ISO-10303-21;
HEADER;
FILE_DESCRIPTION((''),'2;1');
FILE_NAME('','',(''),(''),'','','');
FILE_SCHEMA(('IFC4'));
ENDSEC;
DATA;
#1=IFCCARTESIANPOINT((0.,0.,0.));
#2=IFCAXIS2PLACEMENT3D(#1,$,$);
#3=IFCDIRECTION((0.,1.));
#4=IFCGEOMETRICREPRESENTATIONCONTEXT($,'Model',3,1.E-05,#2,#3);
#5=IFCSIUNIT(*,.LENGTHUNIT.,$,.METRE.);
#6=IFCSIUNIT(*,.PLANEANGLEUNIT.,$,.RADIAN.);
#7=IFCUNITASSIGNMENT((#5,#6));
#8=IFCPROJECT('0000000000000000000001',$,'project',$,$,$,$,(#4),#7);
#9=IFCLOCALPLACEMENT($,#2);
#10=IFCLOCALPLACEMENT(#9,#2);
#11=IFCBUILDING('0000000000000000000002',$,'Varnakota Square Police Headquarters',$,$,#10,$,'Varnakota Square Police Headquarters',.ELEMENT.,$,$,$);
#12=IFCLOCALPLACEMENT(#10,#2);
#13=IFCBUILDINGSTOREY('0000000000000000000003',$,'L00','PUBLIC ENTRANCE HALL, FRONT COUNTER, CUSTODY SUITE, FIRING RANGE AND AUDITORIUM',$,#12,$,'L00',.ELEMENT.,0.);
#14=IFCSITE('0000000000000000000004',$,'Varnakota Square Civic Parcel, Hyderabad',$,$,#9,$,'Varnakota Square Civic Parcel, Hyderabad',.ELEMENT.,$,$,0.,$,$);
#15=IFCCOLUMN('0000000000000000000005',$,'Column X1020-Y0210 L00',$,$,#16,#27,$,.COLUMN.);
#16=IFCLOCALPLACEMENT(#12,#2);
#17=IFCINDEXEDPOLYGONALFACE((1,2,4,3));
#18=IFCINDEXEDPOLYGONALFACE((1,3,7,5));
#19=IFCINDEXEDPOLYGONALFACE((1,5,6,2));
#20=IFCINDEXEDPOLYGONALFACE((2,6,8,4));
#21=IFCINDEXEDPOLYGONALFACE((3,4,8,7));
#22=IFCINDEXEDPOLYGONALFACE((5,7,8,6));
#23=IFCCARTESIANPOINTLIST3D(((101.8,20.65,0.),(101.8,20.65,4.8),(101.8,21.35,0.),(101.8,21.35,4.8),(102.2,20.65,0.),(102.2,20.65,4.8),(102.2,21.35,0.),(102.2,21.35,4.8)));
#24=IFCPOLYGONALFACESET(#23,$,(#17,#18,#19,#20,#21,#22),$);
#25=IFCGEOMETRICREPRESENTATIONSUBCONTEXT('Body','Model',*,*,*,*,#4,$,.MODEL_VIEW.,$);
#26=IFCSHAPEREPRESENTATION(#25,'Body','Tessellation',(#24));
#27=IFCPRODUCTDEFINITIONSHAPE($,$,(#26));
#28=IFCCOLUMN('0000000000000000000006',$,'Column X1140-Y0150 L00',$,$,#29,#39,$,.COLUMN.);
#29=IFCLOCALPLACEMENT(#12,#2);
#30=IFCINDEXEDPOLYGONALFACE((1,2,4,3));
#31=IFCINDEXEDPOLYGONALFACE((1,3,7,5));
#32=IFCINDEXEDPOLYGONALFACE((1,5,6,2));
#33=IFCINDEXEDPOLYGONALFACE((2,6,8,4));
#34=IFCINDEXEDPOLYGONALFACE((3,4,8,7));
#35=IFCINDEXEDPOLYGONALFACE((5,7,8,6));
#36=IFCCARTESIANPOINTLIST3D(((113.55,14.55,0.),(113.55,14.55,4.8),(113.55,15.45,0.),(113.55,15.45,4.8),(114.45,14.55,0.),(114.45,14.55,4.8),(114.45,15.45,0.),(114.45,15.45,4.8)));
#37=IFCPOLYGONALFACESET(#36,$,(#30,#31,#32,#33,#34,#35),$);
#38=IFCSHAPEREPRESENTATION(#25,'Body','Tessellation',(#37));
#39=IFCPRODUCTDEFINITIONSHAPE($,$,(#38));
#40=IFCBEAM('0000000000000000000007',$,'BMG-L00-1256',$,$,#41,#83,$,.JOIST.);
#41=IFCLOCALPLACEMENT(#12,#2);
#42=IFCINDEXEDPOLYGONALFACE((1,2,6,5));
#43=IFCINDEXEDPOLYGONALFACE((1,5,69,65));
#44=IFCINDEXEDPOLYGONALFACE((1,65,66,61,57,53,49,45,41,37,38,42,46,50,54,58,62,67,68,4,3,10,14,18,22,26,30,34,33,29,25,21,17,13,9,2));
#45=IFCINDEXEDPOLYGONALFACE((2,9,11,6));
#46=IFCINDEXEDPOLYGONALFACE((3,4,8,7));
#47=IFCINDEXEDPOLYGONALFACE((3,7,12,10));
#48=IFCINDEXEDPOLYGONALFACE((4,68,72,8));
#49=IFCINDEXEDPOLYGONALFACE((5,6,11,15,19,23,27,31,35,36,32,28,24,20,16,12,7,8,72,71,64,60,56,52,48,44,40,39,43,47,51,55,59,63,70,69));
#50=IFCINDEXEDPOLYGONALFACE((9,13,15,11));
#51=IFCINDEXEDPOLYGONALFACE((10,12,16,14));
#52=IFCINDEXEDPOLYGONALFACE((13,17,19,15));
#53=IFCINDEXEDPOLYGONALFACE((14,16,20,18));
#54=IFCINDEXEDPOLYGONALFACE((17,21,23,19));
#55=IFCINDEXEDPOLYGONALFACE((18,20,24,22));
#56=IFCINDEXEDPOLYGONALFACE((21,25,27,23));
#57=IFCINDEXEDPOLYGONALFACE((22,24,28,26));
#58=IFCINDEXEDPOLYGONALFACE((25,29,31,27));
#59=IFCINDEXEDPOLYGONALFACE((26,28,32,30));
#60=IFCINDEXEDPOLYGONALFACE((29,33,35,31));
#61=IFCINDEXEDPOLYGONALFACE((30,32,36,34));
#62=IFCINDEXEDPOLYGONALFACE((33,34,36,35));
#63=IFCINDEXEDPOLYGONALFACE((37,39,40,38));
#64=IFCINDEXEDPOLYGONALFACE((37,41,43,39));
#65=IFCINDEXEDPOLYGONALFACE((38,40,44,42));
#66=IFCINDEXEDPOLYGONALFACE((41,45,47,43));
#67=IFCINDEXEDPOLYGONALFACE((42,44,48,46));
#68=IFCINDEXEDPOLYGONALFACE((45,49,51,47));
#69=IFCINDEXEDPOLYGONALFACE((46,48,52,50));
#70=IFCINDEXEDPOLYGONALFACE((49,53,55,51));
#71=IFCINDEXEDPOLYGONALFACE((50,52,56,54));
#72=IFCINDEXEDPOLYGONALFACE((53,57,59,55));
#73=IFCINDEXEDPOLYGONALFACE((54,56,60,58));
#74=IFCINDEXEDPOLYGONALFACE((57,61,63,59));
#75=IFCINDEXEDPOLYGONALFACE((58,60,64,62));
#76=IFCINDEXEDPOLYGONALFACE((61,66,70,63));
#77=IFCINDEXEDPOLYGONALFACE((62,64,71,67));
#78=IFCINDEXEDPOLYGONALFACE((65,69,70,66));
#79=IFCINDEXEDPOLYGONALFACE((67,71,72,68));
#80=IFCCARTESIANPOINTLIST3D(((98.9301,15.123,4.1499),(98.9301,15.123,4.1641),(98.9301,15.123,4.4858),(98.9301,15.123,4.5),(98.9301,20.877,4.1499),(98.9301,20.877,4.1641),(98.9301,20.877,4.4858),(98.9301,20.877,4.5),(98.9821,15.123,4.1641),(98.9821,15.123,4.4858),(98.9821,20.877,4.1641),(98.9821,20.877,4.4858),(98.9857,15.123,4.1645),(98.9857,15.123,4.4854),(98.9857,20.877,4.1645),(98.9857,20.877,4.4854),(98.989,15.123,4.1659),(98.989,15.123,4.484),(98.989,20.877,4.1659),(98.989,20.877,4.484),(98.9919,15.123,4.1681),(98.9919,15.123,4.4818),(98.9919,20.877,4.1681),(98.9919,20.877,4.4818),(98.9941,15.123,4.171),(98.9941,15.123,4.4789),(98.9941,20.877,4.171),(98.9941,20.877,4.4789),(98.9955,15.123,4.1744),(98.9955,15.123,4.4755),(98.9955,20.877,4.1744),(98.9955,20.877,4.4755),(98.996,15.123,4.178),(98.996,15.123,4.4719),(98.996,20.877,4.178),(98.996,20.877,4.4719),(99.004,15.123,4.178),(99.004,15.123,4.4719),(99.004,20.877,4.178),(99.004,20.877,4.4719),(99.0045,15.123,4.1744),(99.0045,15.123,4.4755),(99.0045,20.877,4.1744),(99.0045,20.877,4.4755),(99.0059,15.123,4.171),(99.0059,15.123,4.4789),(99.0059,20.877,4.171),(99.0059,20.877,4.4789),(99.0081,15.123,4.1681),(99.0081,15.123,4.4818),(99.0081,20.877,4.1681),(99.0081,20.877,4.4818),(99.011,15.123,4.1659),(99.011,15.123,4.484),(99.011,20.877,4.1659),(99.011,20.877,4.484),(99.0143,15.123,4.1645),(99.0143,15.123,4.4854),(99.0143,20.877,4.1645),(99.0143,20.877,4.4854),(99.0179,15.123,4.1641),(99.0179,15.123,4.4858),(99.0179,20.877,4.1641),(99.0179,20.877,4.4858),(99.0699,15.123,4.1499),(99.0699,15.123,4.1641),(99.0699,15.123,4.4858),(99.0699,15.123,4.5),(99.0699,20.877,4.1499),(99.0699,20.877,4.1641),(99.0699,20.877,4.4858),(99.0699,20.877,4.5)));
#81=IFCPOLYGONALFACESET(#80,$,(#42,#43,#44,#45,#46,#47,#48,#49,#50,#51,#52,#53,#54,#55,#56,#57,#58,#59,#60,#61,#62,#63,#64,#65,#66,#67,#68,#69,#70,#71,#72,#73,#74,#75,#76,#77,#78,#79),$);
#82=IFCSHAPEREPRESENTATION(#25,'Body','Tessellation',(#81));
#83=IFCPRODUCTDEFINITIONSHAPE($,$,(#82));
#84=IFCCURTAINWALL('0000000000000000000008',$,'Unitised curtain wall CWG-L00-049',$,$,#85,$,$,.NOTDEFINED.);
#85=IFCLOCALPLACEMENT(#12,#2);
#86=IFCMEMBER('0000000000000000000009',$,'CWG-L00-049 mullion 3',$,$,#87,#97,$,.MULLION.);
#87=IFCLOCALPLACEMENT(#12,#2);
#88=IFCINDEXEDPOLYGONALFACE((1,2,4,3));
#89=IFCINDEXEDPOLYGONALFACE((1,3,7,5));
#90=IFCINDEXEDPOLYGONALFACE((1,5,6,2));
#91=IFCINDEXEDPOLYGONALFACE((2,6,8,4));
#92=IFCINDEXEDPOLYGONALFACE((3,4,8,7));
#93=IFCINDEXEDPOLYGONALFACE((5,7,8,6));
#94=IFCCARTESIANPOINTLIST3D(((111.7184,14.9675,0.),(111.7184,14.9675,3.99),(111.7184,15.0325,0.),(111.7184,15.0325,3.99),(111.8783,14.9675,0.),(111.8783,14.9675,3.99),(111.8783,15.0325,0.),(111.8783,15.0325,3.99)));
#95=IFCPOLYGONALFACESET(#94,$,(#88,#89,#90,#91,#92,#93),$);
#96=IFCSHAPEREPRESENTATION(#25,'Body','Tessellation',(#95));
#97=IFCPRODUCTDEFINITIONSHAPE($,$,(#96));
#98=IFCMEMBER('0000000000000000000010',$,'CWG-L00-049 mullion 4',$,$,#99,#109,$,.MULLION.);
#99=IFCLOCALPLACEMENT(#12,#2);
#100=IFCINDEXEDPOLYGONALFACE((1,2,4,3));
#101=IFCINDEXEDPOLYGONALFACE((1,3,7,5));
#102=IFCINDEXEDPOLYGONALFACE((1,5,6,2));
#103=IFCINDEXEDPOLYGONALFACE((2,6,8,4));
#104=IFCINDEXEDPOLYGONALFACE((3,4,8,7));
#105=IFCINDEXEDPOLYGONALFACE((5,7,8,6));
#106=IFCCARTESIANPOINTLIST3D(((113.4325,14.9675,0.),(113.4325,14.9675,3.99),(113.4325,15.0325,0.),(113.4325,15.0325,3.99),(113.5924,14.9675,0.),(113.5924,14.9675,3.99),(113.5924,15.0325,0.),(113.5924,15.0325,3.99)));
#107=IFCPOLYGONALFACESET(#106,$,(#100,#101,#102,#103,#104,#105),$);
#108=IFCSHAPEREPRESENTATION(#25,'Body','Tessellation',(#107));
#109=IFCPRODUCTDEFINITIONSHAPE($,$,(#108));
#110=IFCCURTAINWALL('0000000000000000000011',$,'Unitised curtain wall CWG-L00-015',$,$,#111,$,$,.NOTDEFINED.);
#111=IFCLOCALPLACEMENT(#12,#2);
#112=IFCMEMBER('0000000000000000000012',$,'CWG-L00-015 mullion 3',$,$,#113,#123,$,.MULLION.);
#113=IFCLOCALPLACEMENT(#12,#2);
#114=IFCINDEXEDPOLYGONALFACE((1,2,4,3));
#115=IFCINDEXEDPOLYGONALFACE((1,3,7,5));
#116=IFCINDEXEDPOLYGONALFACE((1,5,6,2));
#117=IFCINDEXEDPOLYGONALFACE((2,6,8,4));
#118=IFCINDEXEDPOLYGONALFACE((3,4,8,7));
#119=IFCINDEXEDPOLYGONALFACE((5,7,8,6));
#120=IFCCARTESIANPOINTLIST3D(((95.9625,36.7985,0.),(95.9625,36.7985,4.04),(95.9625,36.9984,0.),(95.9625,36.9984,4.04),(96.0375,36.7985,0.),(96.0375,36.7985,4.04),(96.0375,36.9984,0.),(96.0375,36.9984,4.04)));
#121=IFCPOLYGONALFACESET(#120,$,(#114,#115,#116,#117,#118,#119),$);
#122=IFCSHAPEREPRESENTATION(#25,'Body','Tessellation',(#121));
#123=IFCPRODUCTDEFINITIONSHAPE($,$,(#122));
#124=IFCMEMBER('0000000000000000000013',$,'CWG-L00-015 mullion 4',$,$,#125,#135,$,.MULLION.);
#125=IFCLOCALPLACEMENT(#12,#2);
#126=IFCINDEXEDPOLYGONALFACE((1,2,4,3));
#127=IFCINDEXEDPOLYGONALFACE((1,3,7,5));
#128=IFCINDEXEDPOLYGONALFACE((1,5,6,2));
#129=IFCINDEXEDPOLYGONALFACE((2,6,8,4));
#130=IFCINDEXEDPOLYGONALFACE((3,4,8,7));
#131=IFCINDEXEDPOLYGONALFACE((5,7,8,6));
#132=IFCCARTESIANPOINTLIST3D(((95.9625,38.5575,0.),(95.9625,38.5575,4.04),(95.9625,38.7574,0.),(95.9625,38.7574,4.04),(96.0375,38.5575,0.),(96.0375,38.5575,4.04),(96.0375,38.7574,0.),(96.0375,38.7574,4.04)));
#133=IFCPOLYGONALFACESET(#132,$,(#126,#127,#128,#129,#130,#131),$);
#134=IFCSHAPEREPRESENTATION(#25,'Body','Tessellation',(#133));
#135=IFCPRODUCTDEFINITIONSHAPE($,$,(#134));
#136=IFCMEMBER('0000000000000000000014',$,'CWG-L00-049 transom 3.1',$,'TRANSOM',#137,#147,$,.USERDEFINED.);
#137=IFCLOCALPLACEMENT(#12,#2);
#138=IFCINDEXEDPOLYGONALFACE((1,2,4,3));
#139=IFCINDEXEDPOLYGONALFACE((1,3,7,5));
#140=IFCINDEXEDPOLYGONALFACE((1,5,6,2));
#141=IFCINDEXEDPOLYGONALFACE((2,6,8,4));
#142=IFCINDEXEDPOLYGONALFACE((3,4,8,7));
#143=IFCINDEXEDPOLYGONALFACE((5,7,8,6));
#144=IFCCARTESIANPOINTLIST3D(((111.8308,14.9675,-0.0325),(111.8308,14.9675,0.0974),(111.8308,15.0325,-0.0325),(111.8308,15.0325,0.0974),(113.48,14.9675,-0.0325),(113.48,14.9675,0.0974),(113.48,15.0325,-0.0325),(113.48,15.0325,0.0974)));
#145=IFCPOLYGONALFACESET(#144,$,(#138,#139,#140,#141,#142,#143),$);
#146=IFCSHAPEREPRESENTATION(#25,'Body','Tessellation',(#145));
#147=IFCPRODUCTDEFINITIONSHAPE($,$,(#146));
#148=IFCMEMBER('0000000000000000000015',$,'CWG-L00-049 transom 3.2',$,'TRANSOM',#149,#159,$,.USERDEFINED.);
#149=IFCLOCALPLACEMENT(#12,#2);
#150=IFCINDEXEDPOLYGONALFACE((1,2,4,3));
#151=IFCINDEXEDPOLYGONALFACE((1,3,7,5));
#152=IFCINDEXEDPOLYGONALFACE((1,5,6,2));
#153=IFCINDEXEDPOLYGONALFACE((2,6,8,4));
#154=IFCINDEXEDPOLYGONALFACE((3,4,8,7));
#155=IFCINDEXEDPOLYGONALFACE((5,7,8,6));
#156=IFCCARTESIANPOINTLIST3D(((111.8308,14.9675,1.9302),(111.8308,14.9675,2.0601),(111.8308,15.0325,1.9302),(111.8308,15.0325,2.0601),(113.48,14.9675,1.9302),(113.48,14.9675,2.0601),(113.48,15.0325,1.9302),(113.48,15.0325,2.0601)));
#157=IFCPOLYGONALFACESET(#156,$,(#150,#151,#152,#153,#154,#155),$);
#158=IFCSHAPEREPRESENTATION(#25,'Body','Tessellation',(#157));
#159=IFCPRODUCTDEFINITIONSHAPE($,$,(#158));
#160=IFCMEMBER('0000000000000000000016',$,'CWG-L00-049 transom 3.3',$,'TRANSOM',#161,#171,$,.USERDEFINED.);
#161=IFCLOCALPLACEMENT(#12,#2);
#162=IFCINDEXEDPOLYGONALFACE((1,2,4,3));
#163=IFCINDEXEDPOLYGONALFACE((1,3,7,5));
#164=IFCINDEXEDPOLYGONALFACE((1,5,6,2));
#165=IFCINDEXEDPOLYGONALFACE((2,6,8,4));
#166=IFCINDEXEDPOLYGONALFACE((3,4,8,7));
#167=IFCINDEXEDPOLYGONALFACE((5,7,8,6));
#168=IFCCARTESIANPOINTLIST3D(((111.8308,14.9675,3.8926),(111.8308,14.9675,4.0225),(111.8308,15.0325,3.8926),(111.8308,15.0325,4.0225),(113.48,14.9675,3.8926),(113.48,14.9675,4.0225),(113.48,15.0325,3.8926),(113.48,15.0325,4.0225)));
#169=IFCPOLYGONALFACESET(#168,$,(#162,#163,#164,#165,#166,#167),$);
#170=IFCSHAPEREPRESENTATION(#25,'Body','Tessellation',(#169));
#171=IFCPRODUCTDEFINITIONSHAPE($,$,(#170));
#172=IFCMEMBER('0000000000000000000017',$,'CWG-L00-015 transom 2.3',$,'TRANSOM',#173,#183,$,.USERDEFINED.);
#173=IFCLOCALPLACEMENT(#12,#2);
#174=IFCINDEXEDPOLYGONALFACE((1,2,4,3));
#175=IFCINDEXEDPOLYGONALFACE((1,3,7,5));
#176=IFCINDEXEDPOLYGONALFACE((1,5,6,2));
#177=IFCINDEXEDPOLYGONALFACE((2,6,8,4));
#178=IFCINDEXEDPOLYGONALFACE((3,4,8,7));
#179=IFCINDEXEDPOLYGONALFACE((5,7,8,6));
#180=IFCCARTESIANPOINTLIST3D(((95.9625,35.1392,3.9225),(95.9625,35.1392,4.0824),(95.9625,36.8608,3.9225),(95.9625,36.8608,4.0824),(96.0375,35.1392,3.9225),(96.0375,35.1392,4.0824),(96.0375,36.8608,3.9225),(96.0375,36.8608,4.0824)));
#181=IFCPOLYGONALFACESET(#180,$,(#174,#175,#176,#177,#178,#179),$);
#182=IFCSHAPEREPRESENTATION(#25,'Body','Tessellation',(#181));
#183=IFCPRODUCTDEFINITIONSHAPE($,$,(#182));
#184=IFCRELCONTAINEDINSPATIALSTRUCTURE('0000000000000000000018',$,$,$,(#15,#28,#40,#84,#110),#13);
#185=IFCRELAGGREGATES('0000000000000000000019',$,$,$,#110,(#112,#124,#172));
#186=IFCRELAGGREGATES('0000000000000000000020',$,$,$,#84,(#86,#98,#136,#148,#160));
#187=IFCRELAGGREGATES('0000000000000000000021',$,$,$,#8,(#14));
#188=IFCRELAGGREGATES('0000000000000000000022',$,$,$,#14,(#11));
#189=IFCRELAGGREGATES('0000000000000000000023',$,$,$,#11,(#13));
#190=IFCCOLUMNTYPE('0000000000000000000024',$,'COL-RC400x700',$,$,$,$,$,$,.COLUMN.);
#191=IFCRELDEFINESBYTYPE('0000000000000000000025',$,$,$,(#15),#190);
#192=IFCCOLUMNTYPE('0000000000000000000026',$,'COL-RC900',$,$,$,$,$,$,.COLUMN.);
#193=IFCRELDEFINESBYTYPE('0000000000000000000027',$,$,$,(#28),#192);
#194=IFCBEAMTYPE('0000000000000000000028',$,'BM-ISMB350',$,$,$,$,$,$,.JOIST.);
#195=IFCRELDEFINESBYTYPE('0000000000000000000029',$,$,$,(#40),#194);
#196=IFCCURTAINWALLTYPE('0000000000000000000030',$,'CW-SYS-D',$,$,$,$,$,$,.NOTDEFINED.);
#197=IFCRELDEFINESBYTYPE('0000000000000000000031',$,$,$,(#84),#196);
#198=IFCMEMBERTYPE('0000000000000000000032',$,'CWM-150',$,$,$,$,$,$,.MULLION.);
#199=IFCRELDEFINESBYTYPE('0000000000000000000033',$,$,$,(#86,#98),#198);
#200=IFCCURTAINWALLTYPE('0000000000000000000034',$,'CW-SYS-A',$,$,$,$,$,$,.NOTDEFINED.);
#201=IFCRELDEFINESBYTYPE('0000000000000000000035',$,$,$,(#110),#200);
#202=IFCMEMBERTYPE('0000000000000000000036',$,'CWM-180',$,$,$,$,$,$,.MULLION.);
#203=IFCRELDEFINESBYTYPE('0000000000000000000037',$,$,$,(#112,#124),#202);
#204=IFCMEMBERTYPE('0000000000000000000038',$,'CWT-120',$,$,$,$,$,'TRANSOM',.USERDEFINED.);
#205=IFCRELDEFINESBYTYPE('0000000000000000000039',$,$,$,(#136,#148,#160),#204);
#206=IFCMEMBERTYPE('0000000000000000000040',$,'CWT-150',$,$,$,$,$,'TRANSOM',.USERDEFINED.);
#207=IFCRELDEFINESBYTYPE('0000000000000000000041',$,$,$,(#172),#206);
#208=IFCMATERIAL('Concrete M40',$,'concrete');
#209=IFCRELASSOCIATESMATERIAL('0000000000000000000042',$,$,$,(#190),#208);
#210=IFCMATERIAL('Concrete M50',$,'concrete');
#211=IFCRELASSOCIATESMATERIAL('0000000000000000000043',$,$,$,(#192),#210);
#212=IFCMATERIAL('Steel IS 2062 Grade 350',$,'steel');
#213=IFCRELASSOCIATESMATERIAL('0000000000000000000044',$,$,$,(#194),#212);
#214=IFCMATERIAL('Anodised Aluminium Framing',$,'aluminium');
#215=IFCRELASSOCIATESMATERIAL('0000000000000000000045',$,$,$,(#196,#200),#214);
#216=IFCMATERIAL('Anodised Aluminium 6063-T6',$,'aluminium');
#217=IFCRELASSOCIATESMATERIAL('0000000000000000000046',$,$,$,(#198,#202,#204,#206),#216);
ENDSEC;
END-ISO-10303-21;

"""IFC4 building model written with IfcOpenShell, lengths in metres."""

from ifc_helpers import new_model, si_unit, direction, frame, origin, origin_2d, place, context, subcontext, project, spatial, rectangle, i_section, extrude, material, material_profile, profile_set, type_object, element, aggregate, save


model = new_model("IFC4")

# Units and contexts
model_context = context("Model", 3, precision=1e-05, world=origin(), true_north=direction((0.0, 1.0)))
body_context = subcontext(model_context, "Body", "Model", "MODEL_VIEW")
ifc_project = project(units=[si_unit("LENGTHUNIT", "METRE"), si_unit("PLANEANGLEUNIT", "RADIAN")], contexts=[model_context])

# Site, building, storey
site_placement = place(None, origin())
site = spatial("IfcSite", under=ifc_project, at=site_placement, Name="Varnakota Square Civic Parcel, Hyderabad", LongName="Varnakota Square Civic Parcel, Hyderabad", CompositionType="ELEMENT", RefElevation=0.0)
building_placement = place(site_placement, origin())
building = spatial("IfcBuilding", under=site, at=building_placement, Name="Varnakota Square Police Headquarters", LongName="Varnakota Square Police Headquarters", CompositionType="ELEMENT")
storey_placement = place(building_placement, origin())
storey = spatial("IfcBuildingStorey", under=building, at=storey_placement, Name="L00", Description="PUBLIC ENTRANCE HALL, FRONT COUNTER, CUSTODY SUITE, FIRING RANGE AND AUDITORIUM", LongName="L00", CompositionType="ELEMENT", Elevation=0.0)

# Columns
ifc_material_1 = material(Name="Concrete M40", Category="concrete")
ifc_material_profile_1 = material_profile(ifc_material_1, rectangle(XDim=0.3999, YDim=0.7, at=origin_2d()), Name="RC 400x700")
ifc_profile_set_1 = profile_set([ifc_material_profile_1], Name="Concrete M40")
column_type_1 = type_object("IfcColumnType", Name="COL-RC400x700", PredefinedType="COLUMN", material=ifc_profile_set_1)
column_1_placement = place(storey_placement, frame((102.0, 21.0, 0.0), z_axis=(0.0, 0.0, 1.0), x_axis=(1.0, 0.0, 0.0)))
element("IfcColumn", 1, at=column_1_placement, inside=storey, type_object=column_type_1, Name="Column X1020-Y0210 L00", PredefinedType="COLUMN", context=body_context, shape_type="SweptSolid", body=[
    extrude(rectangle(XDim=0.3999, YDim=0.7, at=origin_2d()), origin(), (0.0, 0.0, 1.0), 4.8),
])
ifc_material_2 = material(Name="Concrete M50", Category="concrete")
ifc_material_profile_2 = material_profile(ifc_material_2, rectangle(XDim=0.8999, YDim=0.8999, at=origin_2d()), Name="RC 900x900")
ifc_profile_set_2 = profile_set([ifc_material_profile_2], Name="Concrete M50")
column_type_2 = type_object("IfcColumnType", Name="COL-RC900", PredefinedType="COLUMN", material=ifc_profile_set_2)
column_2_placement = place(storey_placement, frame((114.0, 15.0, 0.0), z_axis=(0.0, 0.0, 1.0), x_axis=(1.0, 0.0, 0.0)))
element("IfcColumn", 2, at=column_2_placement, inside=storey, type_object=column_type_2, Name="Column X1140-Y0150 L00", PredefinedType="COLUMN", context=body_context, shape_type="SweptSolid", body=[
    extrude(rectangle(XDim=0.8999, YDim=0.8999, at=origin_2d()), origin(), (0.0, 0.0, 1.0), 4.8),
])

# Beam
ifc_material_3 = material(Name="Steel IS 2062 Grade 350", Category="steel")
ifc_material_profile_3 = material_profile(ifc_material_3, i_section(OverallWidth=0.1399, OverallDepth=0.3501, WebThickness=0.0081, FlangeThickness=0.0142, FilletRadius=0.0139, at=origin_2d()), Name="ISMB 350")
ifc_profile_set_3 = profile_set([ifc_material_profile_3], Name="Steel IS 2062 Grade 350")
beam_type = type_object("IfcBeamType", Name="BM-ISMB350", PredefinedType="JOIST", material=ifc_profile_set_3)
beam_placement = place(storey_placement, frame((99.0, 15.123, 4.325), z_axis=(0.0, 1.0, 0.0), x_axis=(-1.0, 0.0, 0.0)))
element("IfcBeam", 3, at=beam_placement, inside=storey, type_object=beam_type, Name="BMG-L00-1256", PredefinedType="JOIST", context=body_context, shape_type="SweptSolid", body=[
    extrude(i_section(OverallWidth=0.1399, OverallDepth=0.3501, WebThickness=0.0081, FlangeThickness=0.0142, FilletRadius=0.0139, at=origin_2d()), origin(), (0.0, 0.0, 1.0), 5.7539),
])

# Curtain walls, members
ifc_material_4 = material(Name="Anodised Aluminium Framing", Category="aluminium")
curtain_wall_type_1 = type_object("IfcCurtainWallType", Name="CW-SYS-D", PredefinedType="NOTDEFINED", material=ifc_material_4)
curtain_wall_1_placement = place(storey_placement, origin())
curtain_wall_1 = element("IfcCurtainWall", 4, at=curtain_wall_1_placement, inside=storey, type_object=curtain_wall_type_1, Name="Unitised curtain wall CWG-L00-049", PredefinedType="NOTDEFINED")
ifc_material_5 = material(Name="Anodised Aluminium 6063-T6", Category="aluminium")
ifc_material_profile_4 = material_profile(ifc_material_5, rectangle(XDim=0.0649, YDim=0.1599, at=origin_2d()), Name="ALU MULLION 65x160")
ifc_profile_set_4 = profile_set([ifc_material_profile_4], Name="Anodised Aluminium 6063-T6")
member_type_1 = type_object("IfcMemberType", Name="CWM-150", PredefinedType="MULLION", material=ifc_profile_set_4)
member_1_placement = place(storey_placement, frame((111.7983, 15.0, 0.0), z_axis=(0.0, 0.0, 1.0), x_axis=(0.0, 1.0, 0.0)))
member_1 = element("IfcMember", 5, at=member_1_placement, type_object=member_type_1, Name="CWG-L00-049 mullion 3", PredefinedType="MULLION", context=body_context, shape_type="SweptSolid", body=[
    extrude(rectangle(XDim=0.0649, YDim=0.1599, at=origin_2d()), origin(), (0.0, 0.0, 1.0), 3.99),
])
member_2_placement = place(storey_placement, frame((113.5125, 15.0, 0.0), z_axis=(0.0, 0.0, 1.0), x_axis=(0.0, 1.0, 0.0)))
member_2 = element("IfcMember", 6, at=member_2_placement, type_object=member_type_1, Name="CWG-L00-049 mullion 4", PredefinedType="MULLION", context=body_context, shape_type="SweptSolid", body=[
    extrude(rectangle(XDim=0.0649, YDim=0.1599, at=origin_2d()), origin(), (0.0, 0.0, 1.0), 3.99),
])
curtain_wall_type_2 = type_object("IfcCurtainWallType", Name="CW-SYS-A", PredefinedType="NOTDEFINED", material=ifc_material_4)
curtain_wall_2_placement = place(storey_placement, origin())
curtain_wall_2 = element("IfcCurtainWall", 7, at=curtain_wall_2_placement, inside=storey, type_object=curtain_wall_type_2, Name="Unitised curtain wall CWG-L00-015", PredefinedType="NOTDEFINED")
ifc_material_profile_5 = material_profile(ifc_material_5, rectangle(XDim=0.075, YDim=0.2, at=origin_2d()), Name="ALU MULLION 75x200")
ifc_profile_set_5 = profile_set([ifc_material_profile_5], Name="Anodised Aluminium 6063-T6")
member_type_2 = type_object("IfcMemberType", Name="CWM-180", PredefinedType="MULLION", material=ifc_profile_set_5)
member_3_placement = place(storey_placement, frame((96.0, 36.8984, 0.0), z_axis=(0.0, 0.0, 1.0), x_axis=(-1.0, 0.0, 0.0)))
member_3 = element("IfcMember", 8, at=member_3_placement, type_object=member_type_2, Name="CWG-L00-015 mullion 3", PredefinedType="MULLION", context=body_context, shape_type="SweptSolid", body=[
    extrude(rectangle(XDim=0.075, YDim=0.2, at=origin_2d()), origin(), (0.0, 0.0, 1.0), 4.04),
])
member_4_placement = place(storey_placement, frame((96.0, 38.6575, 0.0), z_axis=(0.0, 0.0, 1.0), x_axis=(-1.0, 0.0, 0.0)))
member_4 = element("IfcMember", 9, at=member_4_placement, type_object=member_type_2, Name="CWG-L00-015 mullion 4", PredefinedType="MULLION", context=body_context, shape_type="SweptSolid", body=[
    extrude(rectangle(XDim=0.075, YDim=0.2, at=origin_2d()), origin(), (0.0, 0.0, 1.0), 4.04),
])

# Members
ifc_material_profile_6 = material_profile(ifc_material_5, rectangle(XDim=0.0649, YDim=0.1299, at=origin_2d()), Name="ALU TRANSOM 65x130")
ifc_profile_set_6 = profile_set([ifc_material_profile_6], Name="Anodised Aluminium 6063-T6")
member_type_3 = type_object("IfcMemberType", Name="CWT-120", ElementType="TRANSOM", PredefinedType="USERDEFINED", material=ifc_profile_set_6)
member_5_placement = place(storey_placement, frame((111.8308, 15.0, 0.0325), z_axis=(1.0, 0.0, 0.0), x_axis=(0.0, 1.0, 0.0)))
member_5 = element("IfcMember", 10, at=member_5_placement, type_object=member_type_3, Name="CWG-L00-049 transom 3.1", ObjectType="TRANSOM", PredefinedType="USERDEFINED", context=body_context, shape_type="SweptSolid", body=[
    extrude(rectangle(XDim=0.0649, YDim=0.1299, at=origin_2d()), origin(), (0.0, 0.0, 1.0), 1.6492),
])
member_6_placement = place(storey_placement, frame((111.8308, 15.0, 1.9951), z_axis=(1.0, 0.0, 0.0), x_axis=(0.0, 1.0, 0.0)))
member_6 = element("IfcMember", 11, at=member_6_placement, type_object=member_type_3, Name="CWG-L00-049 transom 3.2", ObjectType="TRANSOM", PredefinedType="USERDEFINED", context=body_context, shape_type="SweptSolid", body=[
    extrude(rectangle(XDim=0.0649, YDim=0.1299, at=origin_2d()), origin(), (0.0, 0.0, 1.0), 1.6492),
])
member_7_placement = place(storey_placement, frame((111.8308, 15.0, 3.9575), z_axis=(1.0, 0.0, 0.0), x_axis=(0.0, 1.0, 0.0)))
member_7 = element("IfcMember", 12, at=member_7_placement, type_object=member_type_3, Name="CWG-L00-049 transom 3.3", ObjectType="TRANSOM", PredefinedType="USERDEFINED", context=body_context, shape_type="SweptSolid", body=[
    extrude(rectangle(XDim=0.0649, YDim=0.1299, at=origin_2d()), origin(), (0.0, 0.0, 1.0), 1.6492),
])
ifc_material_profile_7 = material_profile(ifc_material_5, rectangle(XDim=0.075, YDim=0.1599, at=origin_2d()), Name="ALU TRANSOM 75x160")
ifc_profile_set_7 = profile_set([ifc_material_profile_7], Name="Anodised Aluminium 6063-T6")
member_type_4 = type_object("IfcMemberType", Name="CWT-150", ElementType="TRANSOM", PredefinedType="USERDEFINED", material=ifc_profile_set_7)
member_8_placement = place(storey_placement, frame((96.0, 35.1392, 4.0024), z_axis=(0.0, 1.0, 0.0), x_axis=(-1.0, 0.0, 0.0)))
member_8 = element("IfcMember", 13, at=member_8_placement, type_object=member_type_4, Name="CWG-L00-015 transom 2.3", ObjectType="TRANSOM", PredefinedType="USERDEFINED", context=body_context, shape_type="SweptSolid", body=[
    extrude(rectangle(XDim=0.075, YDim=0.1599, at=origin_2d()), origin(), (0.0, 0.0, 1.0), 1.7217),
])

aggregate(curtain_wall_2, [member_3, member_4, member_8])
aggregate(curtain_wall_1, [member_1, member_2, member_5, member_6, member_7])

save(model, "model.ifc")
